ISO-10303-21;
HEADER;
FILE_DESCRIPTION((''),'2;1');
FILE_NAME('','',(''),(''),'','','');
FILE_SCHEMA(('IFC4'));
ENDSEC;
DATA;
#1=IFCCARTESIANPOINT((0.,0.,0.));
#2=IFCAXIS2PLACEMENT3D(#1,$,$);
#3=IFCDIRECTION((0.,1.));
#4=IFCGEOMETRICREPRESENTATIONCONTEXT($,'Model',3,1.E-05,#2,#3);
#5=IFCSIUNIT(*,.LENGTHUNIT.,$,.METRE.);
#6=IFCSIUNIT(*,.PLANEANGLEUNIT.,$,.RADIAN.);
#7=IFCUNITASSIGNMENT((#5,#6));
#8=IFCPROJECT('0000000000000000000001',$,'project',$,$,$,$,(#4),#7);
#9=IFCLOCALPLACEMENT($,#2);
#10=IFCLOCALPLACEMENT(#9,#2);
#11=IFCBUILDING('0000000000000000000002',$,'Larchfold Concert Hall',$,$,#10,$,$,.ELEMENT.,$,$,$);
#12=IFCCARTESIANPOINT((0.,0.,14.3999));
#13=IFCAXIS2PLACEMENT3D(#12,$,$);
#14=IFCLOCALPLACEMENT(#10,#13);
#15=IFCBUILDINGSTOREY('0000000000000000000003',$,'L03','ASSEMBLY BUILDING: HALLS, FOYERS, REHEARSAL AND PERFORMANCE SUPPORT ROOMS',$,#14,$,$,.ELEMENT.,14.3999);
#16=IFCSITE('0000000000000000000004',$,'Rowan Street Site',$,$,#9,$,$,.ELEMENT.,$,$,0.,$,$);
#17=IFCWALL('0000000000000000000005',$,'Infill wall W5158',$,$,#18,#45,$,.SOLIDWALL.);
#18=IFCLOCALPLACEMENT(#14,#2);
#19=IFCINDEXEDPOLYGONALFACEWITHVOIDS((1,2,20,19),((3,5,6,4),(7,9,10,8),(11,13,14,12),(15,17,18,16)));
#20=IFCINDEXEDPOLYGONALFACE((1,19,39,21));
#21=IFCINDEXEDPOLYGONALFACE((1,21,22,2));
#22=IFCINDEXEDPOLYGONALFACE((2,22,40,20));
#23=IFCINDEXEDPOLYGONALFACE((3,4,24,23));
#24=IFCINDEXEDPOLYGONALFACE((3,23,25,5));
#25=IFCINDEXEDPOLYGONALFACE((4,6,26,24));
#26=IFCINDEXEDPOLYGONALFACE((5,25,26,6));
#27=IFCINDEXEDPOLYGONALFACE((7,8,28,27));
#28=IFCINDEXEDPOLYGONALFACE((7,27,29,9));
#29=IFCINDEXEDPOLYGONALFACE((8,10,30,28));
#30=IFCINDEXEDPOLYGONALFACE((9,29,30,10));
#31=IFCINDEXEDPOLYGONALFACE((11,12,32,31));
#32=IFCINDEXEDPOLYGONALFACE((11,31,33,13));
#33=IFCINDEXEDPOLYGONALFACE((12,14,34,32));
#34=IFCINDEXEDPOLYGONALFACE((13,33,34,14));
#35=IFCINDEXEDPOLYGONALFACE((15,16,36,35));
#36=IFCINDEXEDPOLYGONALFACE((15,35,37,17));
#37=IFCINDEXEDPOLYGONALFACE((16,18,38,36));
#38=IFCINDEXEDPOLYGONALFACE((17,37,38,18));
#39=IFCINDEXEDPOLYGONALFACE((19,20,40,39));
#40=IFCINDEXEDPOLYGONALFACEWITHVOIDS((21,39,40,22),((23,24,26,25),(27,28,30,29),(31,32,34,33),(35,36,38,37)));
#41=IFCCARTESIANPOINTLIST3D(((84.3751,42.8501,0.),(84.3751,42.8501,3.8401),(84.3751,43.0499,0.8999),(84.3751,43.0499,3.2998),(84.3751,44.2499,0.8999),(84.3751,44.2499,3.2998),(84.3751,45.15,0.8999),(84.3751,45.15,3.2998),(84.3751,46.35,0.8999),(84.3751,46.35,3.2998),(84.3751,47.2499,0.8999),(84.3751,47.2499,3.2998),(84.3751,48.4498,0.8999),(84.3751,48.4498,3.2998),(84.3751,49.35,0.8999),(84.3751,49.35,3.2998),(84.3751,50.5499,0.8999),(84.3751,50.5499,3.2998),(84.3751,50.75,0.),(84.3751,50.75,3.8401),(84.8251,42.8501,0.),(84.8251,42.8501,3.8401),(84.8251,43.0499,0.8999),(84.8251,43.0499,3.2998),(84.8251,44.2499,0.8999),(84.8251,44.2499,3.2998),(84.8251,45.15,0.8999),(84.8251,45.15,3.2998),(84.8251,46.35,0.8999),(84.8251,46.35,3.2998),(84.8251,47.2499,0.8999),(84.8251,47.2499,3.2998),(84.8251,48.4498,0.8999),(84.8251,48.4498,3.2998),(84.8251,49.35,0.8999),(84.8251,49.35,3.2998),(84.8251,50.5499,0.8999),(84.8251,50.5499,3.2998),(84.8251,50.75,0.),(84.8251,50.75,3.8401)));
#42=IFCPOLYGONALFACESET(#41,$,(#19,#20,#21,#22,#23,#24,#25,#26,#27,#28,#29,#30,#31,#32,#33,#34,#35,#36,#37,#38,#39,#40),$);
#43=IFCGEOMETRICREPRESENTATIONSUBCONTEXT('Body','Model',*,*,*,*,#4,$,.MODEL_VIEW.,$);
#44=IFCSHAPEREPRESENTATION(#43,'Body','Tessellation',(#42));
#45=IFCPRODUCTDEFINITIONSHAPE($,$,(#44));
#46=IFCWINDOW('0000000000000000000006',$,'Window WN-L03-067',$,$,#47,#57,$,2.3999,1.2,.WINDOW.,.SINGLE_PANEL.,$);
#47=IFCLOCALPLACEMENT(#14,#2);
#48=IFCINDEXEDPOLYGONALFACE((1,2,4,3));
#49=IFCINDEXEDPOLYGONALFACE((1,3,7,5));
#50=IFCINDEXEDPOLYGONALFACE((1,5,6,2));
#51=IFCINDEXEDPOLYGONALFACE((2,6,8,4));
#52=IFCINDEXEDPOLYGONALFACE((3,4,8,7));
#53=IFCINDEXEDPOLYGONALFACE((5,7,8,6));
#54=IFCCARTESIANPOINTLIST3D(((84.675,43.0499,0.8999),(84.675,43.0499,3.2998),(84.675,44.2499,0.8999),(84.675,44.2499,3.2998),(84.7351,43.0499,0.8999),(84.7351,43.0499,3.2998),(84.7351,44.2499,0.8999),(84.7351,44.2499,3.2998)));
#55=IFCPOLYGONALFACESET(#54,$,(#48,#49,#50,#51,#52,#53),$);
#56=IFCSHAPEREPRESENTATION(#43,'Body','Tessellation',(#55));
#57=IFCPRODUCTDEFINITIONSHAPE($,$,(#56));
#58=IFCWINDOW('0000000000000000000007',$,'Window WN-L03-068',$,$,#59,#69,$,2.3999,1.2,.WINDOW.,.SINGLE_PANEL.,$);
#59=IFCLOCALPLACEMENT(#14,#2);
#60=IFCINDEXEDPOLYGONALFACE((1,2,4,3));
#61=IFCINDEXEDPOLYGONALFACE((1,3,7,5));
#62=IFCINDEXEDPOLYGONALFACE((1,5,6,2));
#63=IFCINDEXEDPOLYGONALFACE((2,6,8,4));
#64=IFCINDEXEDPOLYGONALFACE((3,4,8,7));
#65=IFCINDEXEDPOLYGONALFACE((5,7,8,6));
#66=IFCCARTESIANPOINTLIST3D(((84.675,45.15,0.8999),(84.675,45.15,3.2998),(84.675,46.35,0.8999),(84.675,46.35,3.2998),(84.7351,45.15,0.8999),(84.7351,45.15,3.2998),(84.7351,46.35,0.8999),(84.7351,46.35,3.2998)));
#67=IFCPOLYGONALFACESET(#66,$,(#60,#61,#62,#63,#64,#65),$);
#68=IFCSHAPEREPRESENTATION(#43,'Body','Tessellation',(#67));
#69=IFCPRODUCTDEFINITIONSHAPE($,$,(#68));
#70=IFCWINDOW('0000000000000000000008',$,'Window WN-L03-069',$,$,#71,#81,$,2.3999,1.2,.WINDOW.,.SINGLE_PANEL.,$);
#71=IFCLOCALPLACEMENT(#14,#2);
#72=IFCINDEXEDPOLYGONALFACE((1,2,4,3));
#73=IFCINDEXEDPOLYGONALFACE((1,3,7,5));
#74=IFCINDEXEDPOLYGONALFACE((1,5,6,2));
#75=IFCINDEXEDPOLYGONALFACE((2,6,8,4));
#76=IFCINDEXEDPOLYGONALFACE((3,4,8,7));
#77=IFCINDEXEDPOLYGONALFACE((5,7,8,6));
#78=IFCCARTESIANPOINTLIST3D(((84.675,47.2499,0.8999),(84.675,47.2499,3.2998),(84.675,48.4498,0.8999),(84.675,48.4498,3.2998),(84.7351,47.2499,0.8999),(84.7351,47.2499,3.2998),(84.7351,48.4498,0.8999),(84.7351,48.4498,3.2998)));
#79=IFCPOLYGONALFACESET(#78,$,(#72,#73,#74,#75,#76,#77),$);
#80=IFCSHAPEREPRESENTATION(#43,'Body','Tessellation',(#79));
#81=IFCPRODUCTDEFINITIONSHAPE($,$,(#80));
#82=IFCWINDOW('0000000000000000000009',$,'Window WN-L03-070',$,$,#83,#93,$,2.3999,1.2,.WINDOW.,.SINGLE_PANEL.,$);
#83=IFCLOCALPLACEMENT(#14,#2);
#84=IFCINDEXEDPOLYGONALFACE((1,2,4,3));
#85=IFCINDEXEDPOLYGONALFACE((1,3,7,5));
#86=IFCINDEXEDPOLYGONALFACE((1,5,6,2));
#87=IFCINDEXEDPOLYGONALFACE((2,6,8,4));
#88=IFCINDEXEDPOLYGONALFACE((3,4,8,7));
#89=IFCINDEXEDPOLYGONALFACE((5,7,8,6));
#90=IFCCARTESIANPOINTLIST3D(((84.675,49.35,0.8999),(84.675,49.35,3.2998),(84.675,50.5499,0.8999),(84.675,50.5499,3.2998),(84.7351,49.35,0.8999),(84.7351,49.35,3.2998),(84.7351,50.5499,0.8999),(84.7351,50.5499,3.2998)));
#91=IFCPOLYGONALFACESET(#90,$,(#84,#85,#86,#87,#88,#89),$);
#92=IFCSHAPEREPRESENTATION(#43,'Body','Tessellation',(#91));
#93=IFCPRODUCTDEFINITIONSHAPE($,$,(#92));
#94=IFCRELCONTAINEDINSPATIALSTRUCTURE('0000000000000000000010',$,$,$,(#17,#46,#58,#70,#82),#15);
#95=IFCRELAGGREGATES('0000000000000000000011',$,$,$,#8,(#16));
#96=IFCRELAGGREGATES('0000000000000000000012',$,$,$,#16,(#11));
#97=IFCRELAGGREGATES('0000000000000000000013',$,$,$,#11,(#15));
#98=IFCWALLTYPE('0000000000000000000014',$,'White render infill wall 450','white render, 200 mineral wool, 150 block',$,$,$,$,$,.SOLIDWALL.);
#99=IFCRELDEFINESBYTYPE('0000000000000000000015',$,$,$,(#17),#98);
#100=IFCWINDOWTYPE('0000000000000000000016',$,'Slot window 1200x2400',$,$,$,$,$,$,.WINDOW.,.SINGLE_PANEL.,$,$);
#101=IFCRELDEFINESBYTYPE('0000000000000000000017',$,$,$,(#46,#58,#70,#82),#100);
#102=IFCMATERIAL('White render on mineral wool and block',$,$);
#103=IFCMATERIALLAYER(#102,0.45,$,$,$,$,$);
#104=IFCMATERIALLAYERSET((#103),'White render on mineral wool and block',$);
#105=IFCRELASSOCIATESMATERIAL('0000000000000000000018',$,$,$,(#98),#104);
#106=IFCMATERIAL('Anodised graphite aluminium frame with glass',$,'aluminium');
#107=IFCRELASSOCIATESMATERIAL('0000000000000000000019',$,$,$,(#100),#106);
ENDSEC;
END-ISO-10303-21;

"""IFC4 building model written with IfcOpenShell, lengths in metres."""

from ifc_helpers import new_model, si_unit, direction, frame, frame_2d, origin, place, context, subcontext, project, spatial, rectangle, extrude, material, layer, layer_set, type_object, element, fill, save


model = new_model("IFC4")

# Units and contexts
model_context = context("Model", 3, precision=1e-05, world=origin(), true_north=direction((0.0, 1.0)))
body_context = subcontext(model_context, "Body", "Model", "MODEL_VIEW")
ifc_project = project(units=[si_unit("LENGTHUNIT", "METRE"), si_unit("PLANEANGLEUNIT", "RADIAN")], contexts=[model_context])

# Site, building, storey
site_placement = place(None, origin())
site = spatial("IfcSite", under=ifc_project, at=site_placement, Name="Rowan Street Site", CompositionType="ELEMENT", RefElevation=0.0)
building_placement = place(site_placement, origin())
building = spatial("IfcBuilding", under=site, at=building_placement, Name="Larchfold Concert Hall", CompositionType="ELEMENT")
storey_placement = place(building_placement, frame((0.0, 0.0, 14.3999)))
storey = spatial("IfcBuildingStorey", under=building, at=storey_placement, Name="L03", Description="ASSEMBLY BUILDING: HALLS, FOYERS, REHEARSAL AND PERFORMANCE SUPPORT ROOMS", CompositionType="ELEMENT", Elevation=14.3999)

# Wall, openings, windows
ifc_material_1 = material(Name="White render on mineral wool and block")
ifc_layer_1 = layer(ifc_material_1, 0.45)
ifc_layer_set_1 = layer_set([ifc_layer_1], Name="White render on mineral wool and block")
wall_type_1 = type_object("IfcWallType", Name="White render infill wall 450", Description="white render, 200 mineral wool, 150 block", PredefinedType="SOLIDWALL", material=ifc_layer_set_1)
wall_1_placement = place(storey_placement, frame((84.6001, 50.75, 0.0), z_axis=(0.0, 0.0, 1.0), x_axis=(0.0, -1.0, 0.0)))
wall_1 = element("IfcWall", 1, at=wall_1_placement, inside=storey, type_object=wall_type_1, Name="Infill wall W5158", PredefinedType="SOLIDWALL", context=body_context, shape_type="SweptSolid", body=[
    extrude(rectangle(XDim=7.8999, YDim=0.45, at=frame_2d((3.95, 0.0))), origin(), (0.0, 0.0, 1.0), 3.8401),
])
opening_1_placement = place(wall_1_placement, frame((6.5, 0.0, 0.8999)))
opening_1 = element("IfcOpeningElement", 2, at=opening_1_placement, cuts=wall_1, PredefinedType="OPENING", context=body_context, shape_type="SweptSolid", body=[
    extrude(rectangle(XDim=1.2, YDim=2.3999, at=frame_2d((0.6001, 1.2))), frame((0.0, 0.2349, 0.0), z_axis=(0.0, -1.0, 0.0), x_axis=(1.0, 0.0, 0.0)), (0.0, 0.0, 1.0), 0.47),
])
opening_2_placement = place(wall_1_placement, frame((4.3999, 0.0, 0.8999)))
opening_2 = element("IfcOpeningElement", 3, at=opening_2_placement, cuts=wall_1, PredefinedType="OPENING", context=body_context, shape_type="SweptSolid", body=[
    extrude(rectangle(XDim=1.2, YDim=2.3999, at=frame_2d((0.6001, 1.2))), frame((0.0, 0.2349, 0.0), z_axis=(0.0, -1.0, 0.0), x_axis=(1.0, 0.0, 0.0)), (0.0, 0.0, 1.0), 0.47),
])
opening_3_placement = place(wall_1_placement, frame((2.3, 0.0, 0.8999)))
opening_3 = element("IfcOpeningElement", 4, at=opening_3_placement, cuts=wall_1, PredefinedType="OPENING", context=body_context, shape_type="SweptSolid", body=[
    extrude(rectangle(XDim=1.2, YDim=2.3999, at=frame_2d((0.6001, 1.2))), frame((0.0, 0.2349, 0.0), z_axis=(0.0, -1.0, 0.0), x_axis=(1.0, 0.0, 0.0)), (0.0, 0.0, 1.0), 0.47),
])
opening_4_placement = place(wall_1_placement, frame((0.2, 0.0, 0.8999)))
opening_4 = element("IfcOpeningElement", 5, at=opening_4_placement, cuts=wall_1, PredefinedType="OPENING", context=body_context, shape_type="SweptSolid", body=[
    extrude(rectangle(XDim=1.2, YDim=2.3999, at=frame_2d((0.6001, 1.2))), frame((0.0, 0.2349, 0.0), z_axis=(0.0, -1.0, 0.0), x_axis=(1.0, 0.0, 0.0)), (0.0, 0.0, 1.0), 0.47),
])
ifc_material_2 = material(Name="Anodised graphite aluminium frame with glass", Category="aluminium")
window_type = type_object("IfcWindowType", Name="Slot window 1200x2400", PartitioningType="SINGLE_PANEL", PredefinedType="WINDOW", material=ifc_material_2)
window_1_placement = place(opening_1_placement, origin())
window_1 = element("IfcWindow", 6, at=window_1_placement, inside=storey, type_object=window_type, Name="Window WN-L03-067", OverallHeight=2.3999, OverallWidth=1.2, PartitioningType="SINGLE_PANEL", PredefinedType="WINDOW", context=body_context, shape_type="SweptSolid", body=[
    extrude(rectangle(XDim=1.2, YDim=2.3999, at=frame_2d((0.6001, 1.2))), frame((0.0, 0.135, 0.0), z_axis=(0.0, -1.0, 0.0), x_axis=(1.0, 0.0, 0.0)), (0.0, 0.0, 1.0), 0.0601),
])
fill(opening_1, window_1)
window_2_placement = place(opening_2_placement, origin())
window_2 = element("IfcWindow", 7, at=window_2_placement, inside=storey, type_object=window_type, Name="Window WN-L03-068", OverallHeight=2.3999, OverallWidth=1.2, PartitioningType="SINGLE_PANEL", PredefinedType="WINDOW", context=body_context, shape_type="SweptSolid", body=[
    extrude(rectangle(XDim=1.2, YDim=2.3999, at=frame_2d((0.6001, 1.2))), frame((0.0, 0.135, 0.0), z_axis=(0.0, -1.0, 0.0), x_axis=(1.0, 0.0, 0.0)), (0.0, 0.0, 1.0), 0.0601),
])
fill(opening_2, window_2)
window_3_placement = place(opening_3_placement, origin())
window_3 = element("IfcWindow", 8, at=window_3_placement, inside=storey, type_object=window_type, Name="Window WN-L03-069", OverallHeight=2.3999, OverallWidth=1.2, PartitioningType="SINGLE_PANEL", PredefinedType="WINDOW", context=body_context, shape_type="SweptSolid", body=[
    extrude(rectangle(XDim=1.2, YDim=2.3999, at=frame_2d((0.6001, 1.2))), frame((0.0, 0.135, 0.0), z_axis=(0.0, -1.0, 0.0), x_axis=(1.0, 0.0, 0.0)), (0.0, 0.0, 1.0), 0.0601),
])
fill(opening_3, window_3)
window_4_placement = place(opening_4_placement, origin())
window_4 = element("IfcWindow", 9, at=window_4_placement, inside=storey, type_object=window_type, Name="Window WN-L03-070", OverallHeight=2.3999, OverallWidth=1.2, PartitioningType="SINGLE_PANEL", PredefinedType="WINDOW", context=body_context, shape_type="SweptSolid", body=[
    extrude(rectangle(XDim=1.2, YDim=2.3999, at=frame_2d((0.6001, 1.2))), frame((0.0, 0.135, 0.0), z_axis=(0.0, -1.0, 0.0), x_axis=(1.0, 0.0, 0.0)), (0.0, 0.0, 1.0), 0.0601),
])
fill(opening_4, window_4)

save(model, "model.ifc")
